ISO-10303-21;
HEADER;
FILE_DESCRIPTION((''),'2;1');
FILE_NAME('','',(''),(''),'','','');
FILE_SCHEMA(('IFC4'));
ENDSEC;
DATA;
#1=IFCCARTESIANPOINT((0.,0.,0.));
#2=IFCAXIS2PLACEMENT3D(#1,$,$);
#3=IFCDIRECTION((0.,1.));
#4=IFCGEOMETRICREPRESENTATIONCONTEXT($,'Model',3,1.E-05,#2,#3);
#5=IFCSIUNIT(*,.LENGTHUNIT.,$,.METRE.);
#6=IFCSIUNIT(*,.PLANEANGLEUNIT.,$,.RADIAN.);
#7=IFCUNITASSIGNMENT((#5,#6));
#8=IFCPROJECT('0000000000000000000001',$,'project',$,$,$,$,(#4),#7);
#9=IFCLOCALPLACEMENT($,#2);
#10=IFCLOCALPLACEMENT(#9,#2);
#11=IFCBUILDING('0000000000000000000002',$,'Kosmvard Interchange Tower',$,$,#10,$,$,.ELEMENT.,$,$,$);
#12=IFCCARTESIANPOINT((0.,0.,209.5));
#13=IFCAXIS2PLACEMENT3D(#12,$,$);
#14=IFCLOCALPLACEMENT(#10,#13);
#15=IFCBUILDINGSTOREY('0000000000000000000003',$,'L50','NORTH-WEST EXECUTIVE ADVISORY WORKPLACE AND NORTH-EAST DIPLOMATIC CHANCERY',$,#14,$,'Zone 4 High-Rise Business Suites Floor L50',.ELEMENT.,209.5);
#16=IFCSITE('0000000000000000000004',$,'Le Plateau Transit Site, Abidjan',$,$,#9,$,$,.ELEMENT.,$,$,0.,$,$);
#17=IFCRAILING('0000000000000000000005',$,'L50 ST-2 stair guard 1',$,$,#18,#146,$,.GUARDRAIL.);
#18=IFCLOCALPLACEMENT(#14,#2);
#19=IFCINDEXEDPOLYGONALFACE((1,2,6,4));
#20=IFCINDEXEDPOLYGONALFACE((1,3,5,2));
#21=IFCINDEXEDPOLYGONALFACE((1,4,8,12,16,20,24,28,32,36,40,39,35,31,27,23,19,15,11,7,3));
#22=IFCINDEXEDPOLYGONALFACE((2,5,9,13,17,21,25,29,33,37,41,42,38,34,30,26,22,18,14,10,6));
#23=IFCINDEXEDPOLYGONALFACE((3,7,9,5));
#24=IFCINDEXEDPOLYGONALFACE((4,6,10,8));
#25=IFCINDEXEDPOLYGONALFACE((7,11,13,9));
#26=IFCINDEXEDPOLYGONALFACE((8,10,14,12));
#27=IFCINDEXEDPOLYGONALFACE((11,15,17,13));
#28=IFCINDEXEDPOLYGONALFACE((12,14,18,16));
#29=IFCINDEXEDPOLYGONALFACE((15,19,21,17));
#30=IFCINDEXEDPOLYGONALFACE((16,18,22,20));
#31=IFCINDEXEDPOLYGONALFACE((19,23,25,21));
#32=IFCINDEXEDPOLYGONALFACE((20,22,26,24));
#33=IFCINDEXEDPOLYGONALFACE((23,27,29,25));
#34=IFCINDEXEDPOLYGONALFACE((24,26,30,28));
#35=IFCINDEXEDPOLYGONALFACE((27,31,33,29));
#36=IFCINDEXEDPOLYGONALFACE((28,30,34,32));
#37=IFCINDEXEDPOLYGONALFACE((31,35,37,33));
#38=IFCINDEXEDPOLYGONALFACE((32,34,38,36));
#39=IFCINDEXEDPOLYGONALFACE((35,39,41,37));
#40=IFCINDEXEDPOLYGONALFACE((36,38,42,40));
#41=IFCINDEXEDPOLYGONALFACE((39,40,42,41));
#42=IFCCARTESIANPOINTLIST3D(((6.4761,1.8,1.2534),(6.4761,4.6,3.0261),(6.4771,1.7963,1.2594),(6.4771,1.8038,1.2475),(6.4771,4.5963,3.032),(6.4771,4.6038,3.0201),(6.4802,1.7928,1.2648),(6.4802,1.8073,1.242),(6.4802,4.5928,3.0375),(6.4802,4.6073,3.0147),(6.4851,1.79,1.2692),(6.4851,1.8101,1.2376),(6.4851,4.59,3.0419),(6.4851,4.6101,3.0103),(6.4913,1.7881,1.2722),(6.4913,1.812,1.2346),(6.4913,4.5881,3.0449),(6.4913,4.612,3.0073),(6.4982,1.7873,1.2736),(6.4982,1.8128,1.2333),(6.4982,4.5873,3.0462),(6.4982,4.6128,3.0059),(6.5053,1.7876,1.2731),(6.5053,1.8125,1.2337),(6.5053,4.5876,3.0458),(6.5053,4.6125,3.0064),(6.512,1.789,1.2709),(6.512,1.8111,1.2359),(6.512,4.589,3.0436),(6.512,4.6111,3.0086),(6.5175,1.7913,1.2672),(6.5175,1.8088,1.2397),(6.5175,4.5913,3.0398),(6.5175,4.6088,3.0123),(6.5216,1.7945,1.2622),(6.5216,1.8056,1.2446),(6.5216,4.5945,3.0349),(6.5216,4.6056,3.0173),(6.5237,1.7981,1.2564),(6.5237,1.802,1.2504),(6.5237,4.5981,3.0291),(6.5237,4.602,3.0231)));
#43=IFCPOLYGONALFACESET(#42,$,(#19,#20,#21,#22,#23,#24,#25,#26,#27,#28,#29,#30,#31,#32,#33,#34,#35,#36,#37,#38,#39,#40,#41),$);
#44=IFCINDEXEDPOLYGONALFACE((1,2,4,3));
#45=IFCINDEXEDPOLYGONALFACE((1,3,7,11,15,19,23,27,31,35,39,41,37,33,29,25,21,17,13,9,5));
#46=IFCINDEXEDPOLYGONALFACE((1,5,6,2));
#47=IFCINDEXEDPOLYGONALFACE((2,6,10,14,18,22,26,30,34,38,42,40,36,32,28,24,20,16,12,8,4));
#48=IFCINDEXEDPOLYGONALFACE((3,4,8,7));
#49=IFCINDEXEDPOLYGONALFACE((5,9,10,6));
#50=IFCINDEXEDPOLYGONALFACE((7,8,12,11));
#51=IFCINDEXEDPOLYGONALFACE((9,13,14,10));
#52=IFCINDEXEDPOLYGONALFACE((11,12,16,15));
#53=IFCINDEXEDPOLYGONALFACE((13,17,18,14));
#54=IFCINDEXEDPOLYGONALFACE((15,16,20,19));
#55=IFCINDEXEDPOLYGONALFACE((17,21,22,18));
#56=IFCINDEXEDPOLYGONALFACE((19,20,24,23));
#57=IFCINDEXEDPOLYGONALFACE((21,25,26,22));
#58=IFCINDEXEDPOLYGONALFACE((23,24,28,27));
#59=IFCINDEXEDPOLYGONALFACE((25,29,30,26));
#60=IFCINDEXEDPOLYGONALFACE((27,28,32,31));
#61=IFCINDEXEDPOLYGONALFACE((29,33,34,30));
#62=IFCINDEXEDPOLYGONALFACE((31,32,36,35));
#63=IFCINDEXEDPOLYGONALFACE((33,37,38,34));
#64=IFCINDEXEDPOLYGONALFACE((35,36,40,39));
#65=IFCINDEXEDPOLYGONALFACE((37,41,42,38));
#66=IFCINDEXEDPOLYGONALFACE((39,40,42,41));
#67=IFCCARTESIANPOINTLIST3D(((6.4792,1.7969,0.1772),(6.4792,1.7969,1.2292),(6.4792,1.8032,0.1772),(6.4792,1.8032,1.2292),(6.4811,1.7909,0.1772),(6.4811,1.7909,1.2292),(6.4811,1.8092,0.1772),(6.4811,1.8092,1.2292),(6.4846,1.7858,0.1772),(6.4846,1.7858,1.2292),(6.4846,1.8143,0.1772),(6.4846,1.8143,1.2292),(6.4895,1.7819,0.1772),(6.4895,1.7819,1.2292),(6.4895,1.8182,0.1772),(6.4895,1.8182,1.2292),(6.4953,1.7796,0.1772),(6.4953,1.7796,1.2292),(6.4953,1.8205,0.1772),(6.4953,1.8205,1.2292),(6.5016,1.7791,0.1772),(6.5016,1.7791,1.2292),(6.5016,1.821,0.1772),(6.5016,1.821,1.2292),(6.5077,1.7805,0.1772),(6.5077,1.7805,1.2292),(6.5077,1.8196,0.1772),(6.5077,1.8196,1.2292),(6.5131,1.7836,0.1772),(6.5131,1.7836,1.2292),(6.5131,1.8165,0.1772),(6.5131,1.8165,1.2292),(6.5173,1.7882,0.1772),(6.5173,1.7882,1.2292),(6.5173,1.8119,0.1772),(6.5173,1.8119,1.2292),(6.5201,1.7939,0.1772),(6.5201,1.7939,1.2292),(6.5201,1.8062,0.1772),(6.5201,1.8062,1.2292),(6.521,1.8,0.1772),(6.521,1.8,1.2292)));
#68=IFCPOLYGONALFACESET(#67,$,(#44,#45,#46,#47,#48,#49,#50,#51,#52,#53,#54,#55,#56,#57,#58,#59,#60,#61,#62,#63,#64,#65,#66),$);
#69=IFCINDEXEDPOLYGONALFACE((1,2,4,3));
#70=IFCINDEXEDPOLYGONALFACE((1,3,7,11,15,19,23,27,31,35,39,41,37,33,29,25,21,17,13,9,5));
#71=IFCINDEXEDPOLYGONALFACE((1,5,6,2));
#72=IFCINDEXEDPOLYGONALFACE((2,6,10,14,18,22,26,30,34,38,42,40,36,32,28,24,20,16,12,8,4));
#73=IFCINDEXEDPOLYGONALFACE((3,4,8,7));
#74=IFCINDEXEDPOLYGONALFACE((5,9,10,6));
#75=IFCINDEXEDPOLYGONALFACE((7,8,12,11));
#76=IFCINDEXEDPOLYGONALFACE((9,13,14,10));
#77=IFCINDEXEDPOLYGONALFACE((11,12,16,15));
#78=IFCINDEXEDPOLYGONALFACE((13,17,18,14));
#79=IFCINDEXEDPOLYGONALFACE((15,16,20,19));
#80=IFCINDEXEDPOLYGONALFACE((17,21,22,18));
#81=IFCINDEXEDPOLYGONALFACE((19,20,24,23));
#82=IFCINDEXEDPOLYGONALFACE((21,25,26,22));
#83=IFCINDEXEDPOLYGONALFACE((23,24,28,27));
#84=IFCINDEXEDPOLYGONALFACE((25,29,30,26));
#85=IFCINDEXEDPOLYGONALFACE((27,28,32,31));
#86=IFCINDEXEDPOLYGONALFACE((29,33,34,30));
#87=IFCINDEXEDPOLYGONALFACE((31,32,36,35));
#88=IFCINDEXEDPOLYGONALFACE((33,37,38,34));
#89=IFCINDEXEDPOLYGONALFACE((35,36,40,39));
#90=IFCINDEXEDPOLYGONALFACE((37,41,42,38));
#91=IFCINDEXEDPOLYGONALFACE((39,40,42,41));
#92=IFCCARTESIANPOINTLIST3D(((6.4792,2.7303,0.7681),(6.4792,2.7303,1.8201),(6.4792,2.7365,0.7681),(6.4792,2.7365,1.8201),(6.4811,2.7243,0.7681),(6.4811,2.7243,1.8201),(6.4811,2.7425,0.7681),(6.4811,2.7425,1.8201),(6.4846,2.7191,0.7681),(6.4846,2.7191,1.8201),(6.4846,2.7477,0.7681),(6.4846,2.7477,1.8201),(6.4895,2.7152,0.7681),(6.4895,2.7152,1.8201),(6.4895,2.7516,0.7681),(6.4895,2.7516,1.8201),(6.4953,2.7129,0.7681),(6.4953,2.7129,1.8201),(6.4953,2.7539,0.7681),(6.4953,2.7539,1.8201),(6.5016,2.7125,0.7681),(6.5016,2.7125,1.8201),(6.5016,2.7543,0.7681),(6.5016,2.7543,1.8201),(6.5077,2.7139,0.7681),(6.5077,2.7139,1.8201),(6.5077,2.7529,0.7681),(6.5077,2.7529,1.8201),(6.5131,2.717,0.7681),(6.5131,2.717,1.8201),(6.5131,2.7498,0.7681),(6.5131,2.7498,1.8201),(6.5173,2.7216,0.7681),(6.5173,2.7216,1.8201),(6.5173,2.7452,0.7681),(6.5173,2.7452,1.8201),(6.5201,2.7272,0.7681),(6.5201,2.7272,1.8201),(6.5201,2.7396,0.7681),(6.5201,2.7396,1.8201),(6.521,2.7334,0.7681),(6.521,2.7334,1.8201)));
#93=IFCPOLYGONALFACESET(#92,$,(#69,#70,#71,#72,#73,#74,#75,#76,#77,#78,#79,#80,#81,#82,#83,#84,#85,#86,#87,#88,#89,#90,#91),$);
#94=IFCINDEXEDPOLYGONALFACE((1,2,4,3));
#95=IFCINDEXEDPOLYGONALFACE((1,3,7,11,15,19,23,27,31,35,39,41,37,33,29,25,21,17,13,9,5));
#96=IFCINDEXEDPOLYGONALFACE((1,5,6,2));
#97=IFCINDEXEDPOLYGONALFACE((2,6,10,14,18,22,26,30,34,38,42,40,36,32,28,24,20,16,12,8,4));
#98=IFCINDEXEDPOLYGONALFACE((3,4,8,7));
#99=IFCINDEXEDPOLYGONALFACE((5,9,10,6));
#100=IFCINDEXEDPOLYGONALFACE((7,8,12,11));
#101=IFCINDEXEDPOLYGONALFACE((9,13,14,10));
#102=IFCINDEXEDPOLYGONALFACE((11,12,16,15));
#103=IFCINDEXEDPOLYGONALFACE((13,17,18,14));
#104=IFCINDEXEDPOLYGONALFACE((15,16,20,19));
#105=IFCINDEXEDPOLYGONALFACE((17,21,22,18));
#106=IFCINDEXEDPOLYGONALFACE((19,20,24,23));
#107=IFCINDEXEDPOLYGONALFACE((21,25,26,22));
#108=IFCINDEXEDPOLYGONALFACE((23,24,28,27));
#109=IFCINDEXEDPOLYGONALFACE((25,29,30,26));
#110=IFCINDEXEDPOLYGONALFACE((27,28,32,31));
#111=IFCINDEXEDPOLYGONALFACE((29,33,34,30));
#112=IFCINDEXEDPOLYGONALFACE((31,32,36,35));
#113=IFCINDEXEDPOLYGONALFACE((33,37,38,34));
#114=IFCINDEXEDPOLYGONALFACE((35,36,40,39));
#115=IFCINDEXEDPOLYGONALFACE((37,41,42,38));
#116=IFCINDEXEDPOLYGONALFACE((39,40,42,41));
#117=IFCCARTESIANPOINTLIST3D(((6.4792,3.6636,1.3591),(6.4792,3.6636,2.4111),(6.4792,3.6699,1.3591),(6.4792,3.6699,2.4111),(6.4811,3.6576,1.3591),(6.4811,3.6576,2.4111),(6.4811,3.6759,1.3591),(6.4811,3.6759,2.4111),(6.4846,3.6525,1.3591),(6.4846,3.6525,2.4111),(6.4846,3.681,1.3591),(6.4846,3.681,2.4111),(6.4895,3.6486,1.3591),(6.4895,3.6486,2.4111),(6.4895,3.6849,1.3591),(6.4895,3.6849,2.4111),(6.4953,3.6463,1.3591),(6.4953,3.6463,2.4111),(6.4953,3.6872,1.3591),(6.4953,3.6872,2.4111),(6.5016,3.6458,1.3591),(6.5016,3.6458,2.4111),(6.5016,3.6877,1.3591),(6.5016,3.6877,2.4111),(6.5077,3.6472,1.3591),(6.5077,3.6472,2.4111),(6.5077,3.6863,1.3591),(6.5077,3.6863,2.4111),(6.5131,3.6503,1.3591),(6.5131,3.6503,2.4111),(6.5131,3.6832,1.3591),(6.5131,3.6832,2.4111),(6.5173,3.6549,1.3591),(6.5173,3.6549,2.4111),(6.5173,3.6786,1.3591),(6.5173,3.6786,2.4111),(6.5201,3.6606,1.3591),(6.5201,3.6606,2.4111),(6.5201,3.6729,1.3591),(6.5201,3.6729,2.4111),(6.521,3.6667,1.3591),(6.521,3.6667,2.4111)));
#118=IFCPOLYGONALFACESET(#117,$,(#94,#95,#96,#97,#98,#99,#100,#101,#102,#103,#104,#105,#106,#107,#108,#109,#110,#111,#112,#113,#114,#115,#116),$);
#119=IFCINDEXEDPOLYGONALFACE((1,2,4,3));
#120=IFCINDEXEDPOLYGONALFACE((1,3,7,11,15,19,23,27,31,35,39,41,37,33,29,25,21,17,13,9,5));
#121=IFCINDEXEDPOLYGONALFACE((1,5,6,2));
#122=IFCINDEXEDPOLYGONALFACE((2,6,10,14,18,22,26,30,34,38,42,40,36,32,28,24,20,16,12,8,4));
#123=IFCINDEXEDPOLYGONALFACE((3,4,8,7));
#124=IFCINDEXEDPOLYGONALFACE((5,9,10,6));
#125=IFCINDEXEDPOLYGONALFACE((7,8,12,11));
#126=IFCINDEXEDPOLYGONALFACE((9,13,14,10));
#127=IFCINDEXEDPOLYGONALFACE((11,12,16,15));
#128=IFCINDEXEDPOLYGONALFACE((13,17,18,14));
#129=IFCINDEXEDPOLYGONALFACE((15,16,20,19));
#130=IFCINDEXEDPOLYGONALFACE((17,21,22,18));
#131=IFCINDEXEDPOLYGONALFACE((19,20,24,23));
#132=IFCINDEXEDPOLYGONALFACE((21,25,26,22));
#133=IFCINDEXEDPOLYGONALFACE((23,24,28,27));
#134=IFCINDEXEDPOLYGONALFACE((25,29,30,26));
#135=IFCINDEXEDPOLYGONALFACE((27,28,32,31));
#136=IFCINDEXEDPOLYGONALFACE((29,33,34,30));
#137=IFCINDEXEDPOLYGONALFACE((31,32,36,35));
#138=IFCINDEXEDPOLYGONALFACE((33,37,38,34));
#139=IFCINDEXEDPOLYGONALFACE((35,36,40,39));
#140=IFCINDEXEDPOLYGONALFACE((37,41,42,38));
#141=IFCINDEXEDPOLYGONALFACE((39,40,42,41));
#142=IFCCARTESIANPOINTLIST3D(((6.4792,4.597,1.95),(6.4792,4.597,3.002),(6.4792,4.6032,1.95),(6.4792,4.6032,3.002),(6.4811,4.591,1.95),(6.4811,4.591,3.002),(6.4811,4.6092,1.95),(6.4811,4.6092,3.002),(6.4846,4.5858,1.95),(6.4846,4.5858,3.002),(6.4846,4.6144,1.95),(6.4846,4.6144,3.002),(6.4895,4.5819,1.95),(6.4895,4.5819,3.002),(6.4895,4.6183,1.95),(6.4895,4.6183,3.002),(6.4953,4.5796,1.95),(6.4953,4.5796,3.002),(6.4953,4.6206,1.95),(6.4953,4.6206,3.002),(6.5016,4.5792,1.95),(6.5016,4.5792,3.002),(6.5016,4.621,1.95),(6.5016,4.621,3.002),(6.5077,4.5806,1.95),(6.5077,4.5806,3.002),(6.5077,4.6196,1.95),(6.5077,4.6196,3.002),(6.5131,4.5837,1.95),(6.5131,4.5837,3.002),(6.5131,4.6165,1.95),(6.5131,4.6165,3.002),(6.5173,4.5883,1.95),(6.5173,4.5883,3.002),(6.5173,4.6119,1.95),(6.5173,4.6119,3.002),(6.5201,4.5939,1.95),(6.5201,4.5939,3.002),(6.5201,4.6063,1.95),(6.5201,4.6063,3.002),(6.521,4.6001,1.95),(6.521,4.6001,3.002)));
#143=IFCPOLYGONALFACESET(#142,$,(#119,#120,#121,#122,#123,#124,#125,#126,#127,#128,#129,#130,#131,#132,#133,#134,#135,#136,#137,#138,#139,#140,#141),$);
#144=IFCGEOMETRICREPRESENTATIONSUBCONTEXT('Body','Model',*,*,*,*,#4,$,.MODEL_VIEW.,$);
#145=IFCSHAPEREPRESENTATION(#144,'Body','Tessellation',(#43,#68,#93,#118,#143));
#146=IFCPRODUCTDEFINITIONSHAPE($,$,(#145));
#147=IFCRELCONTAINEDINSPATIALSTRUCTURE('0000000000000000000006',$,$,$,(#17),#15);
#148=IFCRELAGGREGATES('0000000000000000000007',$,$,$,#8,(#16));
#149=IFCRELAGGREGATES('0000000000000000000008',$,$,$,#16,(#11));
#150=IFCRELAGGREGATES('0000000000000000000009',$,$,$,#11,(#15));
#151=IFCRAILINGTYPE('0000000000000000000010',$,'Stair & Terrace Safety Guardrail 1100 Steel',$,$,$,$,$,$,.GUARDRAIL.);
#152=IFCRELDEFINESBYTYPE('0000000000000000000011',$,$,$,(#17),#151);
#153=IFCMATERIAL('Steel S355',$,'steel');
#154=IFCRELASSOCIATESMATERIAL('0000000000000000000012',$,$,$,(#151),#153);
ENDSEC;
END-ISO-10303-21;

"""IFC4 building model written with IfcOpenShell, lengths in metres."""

from ifc_helpers import new_model, si_unit, direction, frame, origin, origin_2d, place, context, subcontext, project, spatial, circle, extrude, source, transform, mapped, material, type_object, element, save


model = new_model("IFC4")

# Units and contexts
model_context = context("Model", 3, precision=1e-05, world=origin(), true_north=direction((0.0, 1.0)))
body_context = subcontext(model_context, "Body", "Model", "MODEL_VIEW")
ifc_project = project(units=[si_unit("LENGTHUNIT", "METRE"), si_unit("PLANEANGLEUNIT", "RADIAN")], contexts=[model_context])

# Site, building, storey
site_placement = place(None, origin())
site = spatial("IfcSite", under=ifc_project, at=site_placement, Name="Le Plateau Transit Site, Abidjan", CompositionType="ELEMENT", RefElevation=0.0)
building_placement = place(site_placement, origin())
building = spatial("IfcBuilding", under=site, at=building_placement, Name="Kosmvard Interchange Tower", CompositionType="ELEMENT")
storey_placement = place(building_placement, frame((0.0, 0.0, 209.5)))
storey = spatial("IfcBuildingStorey", under=building, at=storey_placement, Name="L50", Description="NORTH-WEST EXECUTIVE ADVISORY WORKPLACE AND NORTH-EAST DIPLOMATIC CHANCERY", LongName="Zone 4 High-Rise Business Suites Floor L50", CompositionType="ELEMENT", Elevation=209.5)

# Railing
ifc_material_1 = material(Name="Steel S355", Category="steel")
railing_type_1 = type_object("IfcRailingType", Name="Stair & Terrace Safety Guardrail 1100 Steel", PredefinedType="GUARDRAIL", material=ifc_material_1)
shared_shape_1 = source(origin(), body_context, "Body", "SweptSolid", [
    extrude(circle(Radius=0.0239, at=origin_2d()), frame((0.0, 0.0, 1.0762), z_axis=(0.0, 0.844909, 0.53491), x_axis=(-1.0, 0.0, 0.0)), (0.0, 0.0, 1.0), 3.314),
    extrude(circle(Radius=0.021, at=origin_2d()), origin(), (0.0, 0.0, 1.0), 1.052),
    extrude(circle(Radius=0.021, at=origin_2d()), frame((0.0, 0.9333, 0.5908)), (0.0, 0.0, 1.0), 1.052),
    extrude(circle(Radius=0.021, at=origin_2d()), frame((0.0, 1.8667, 1.1819)), (0.0, 0.0, 1.0), 1.052),
    extrude(circle(Radius=0.021, at=origin_2d()), frame((0.0, 2.8, 1.7727)), (0.0, 0.0, 1.0), 1.052),
])
railing_1_placement = place(storey_placement, frame((6.5, 1.8, 0.1772)))
element("IfcRailing", 1, at=railing_1_placement, inside=storey, type_object=railing_type_1, Name="L50 ST-2 stair guard 1", PredefinedType="GUARDRAIL", context=body_context, shape_type="MappedRepresentation", body=[
    mapped(shared_shape_1, transform((0.0, 0.0, 0.0), scale=1.0)),
])

save(model, "model.ifc")
